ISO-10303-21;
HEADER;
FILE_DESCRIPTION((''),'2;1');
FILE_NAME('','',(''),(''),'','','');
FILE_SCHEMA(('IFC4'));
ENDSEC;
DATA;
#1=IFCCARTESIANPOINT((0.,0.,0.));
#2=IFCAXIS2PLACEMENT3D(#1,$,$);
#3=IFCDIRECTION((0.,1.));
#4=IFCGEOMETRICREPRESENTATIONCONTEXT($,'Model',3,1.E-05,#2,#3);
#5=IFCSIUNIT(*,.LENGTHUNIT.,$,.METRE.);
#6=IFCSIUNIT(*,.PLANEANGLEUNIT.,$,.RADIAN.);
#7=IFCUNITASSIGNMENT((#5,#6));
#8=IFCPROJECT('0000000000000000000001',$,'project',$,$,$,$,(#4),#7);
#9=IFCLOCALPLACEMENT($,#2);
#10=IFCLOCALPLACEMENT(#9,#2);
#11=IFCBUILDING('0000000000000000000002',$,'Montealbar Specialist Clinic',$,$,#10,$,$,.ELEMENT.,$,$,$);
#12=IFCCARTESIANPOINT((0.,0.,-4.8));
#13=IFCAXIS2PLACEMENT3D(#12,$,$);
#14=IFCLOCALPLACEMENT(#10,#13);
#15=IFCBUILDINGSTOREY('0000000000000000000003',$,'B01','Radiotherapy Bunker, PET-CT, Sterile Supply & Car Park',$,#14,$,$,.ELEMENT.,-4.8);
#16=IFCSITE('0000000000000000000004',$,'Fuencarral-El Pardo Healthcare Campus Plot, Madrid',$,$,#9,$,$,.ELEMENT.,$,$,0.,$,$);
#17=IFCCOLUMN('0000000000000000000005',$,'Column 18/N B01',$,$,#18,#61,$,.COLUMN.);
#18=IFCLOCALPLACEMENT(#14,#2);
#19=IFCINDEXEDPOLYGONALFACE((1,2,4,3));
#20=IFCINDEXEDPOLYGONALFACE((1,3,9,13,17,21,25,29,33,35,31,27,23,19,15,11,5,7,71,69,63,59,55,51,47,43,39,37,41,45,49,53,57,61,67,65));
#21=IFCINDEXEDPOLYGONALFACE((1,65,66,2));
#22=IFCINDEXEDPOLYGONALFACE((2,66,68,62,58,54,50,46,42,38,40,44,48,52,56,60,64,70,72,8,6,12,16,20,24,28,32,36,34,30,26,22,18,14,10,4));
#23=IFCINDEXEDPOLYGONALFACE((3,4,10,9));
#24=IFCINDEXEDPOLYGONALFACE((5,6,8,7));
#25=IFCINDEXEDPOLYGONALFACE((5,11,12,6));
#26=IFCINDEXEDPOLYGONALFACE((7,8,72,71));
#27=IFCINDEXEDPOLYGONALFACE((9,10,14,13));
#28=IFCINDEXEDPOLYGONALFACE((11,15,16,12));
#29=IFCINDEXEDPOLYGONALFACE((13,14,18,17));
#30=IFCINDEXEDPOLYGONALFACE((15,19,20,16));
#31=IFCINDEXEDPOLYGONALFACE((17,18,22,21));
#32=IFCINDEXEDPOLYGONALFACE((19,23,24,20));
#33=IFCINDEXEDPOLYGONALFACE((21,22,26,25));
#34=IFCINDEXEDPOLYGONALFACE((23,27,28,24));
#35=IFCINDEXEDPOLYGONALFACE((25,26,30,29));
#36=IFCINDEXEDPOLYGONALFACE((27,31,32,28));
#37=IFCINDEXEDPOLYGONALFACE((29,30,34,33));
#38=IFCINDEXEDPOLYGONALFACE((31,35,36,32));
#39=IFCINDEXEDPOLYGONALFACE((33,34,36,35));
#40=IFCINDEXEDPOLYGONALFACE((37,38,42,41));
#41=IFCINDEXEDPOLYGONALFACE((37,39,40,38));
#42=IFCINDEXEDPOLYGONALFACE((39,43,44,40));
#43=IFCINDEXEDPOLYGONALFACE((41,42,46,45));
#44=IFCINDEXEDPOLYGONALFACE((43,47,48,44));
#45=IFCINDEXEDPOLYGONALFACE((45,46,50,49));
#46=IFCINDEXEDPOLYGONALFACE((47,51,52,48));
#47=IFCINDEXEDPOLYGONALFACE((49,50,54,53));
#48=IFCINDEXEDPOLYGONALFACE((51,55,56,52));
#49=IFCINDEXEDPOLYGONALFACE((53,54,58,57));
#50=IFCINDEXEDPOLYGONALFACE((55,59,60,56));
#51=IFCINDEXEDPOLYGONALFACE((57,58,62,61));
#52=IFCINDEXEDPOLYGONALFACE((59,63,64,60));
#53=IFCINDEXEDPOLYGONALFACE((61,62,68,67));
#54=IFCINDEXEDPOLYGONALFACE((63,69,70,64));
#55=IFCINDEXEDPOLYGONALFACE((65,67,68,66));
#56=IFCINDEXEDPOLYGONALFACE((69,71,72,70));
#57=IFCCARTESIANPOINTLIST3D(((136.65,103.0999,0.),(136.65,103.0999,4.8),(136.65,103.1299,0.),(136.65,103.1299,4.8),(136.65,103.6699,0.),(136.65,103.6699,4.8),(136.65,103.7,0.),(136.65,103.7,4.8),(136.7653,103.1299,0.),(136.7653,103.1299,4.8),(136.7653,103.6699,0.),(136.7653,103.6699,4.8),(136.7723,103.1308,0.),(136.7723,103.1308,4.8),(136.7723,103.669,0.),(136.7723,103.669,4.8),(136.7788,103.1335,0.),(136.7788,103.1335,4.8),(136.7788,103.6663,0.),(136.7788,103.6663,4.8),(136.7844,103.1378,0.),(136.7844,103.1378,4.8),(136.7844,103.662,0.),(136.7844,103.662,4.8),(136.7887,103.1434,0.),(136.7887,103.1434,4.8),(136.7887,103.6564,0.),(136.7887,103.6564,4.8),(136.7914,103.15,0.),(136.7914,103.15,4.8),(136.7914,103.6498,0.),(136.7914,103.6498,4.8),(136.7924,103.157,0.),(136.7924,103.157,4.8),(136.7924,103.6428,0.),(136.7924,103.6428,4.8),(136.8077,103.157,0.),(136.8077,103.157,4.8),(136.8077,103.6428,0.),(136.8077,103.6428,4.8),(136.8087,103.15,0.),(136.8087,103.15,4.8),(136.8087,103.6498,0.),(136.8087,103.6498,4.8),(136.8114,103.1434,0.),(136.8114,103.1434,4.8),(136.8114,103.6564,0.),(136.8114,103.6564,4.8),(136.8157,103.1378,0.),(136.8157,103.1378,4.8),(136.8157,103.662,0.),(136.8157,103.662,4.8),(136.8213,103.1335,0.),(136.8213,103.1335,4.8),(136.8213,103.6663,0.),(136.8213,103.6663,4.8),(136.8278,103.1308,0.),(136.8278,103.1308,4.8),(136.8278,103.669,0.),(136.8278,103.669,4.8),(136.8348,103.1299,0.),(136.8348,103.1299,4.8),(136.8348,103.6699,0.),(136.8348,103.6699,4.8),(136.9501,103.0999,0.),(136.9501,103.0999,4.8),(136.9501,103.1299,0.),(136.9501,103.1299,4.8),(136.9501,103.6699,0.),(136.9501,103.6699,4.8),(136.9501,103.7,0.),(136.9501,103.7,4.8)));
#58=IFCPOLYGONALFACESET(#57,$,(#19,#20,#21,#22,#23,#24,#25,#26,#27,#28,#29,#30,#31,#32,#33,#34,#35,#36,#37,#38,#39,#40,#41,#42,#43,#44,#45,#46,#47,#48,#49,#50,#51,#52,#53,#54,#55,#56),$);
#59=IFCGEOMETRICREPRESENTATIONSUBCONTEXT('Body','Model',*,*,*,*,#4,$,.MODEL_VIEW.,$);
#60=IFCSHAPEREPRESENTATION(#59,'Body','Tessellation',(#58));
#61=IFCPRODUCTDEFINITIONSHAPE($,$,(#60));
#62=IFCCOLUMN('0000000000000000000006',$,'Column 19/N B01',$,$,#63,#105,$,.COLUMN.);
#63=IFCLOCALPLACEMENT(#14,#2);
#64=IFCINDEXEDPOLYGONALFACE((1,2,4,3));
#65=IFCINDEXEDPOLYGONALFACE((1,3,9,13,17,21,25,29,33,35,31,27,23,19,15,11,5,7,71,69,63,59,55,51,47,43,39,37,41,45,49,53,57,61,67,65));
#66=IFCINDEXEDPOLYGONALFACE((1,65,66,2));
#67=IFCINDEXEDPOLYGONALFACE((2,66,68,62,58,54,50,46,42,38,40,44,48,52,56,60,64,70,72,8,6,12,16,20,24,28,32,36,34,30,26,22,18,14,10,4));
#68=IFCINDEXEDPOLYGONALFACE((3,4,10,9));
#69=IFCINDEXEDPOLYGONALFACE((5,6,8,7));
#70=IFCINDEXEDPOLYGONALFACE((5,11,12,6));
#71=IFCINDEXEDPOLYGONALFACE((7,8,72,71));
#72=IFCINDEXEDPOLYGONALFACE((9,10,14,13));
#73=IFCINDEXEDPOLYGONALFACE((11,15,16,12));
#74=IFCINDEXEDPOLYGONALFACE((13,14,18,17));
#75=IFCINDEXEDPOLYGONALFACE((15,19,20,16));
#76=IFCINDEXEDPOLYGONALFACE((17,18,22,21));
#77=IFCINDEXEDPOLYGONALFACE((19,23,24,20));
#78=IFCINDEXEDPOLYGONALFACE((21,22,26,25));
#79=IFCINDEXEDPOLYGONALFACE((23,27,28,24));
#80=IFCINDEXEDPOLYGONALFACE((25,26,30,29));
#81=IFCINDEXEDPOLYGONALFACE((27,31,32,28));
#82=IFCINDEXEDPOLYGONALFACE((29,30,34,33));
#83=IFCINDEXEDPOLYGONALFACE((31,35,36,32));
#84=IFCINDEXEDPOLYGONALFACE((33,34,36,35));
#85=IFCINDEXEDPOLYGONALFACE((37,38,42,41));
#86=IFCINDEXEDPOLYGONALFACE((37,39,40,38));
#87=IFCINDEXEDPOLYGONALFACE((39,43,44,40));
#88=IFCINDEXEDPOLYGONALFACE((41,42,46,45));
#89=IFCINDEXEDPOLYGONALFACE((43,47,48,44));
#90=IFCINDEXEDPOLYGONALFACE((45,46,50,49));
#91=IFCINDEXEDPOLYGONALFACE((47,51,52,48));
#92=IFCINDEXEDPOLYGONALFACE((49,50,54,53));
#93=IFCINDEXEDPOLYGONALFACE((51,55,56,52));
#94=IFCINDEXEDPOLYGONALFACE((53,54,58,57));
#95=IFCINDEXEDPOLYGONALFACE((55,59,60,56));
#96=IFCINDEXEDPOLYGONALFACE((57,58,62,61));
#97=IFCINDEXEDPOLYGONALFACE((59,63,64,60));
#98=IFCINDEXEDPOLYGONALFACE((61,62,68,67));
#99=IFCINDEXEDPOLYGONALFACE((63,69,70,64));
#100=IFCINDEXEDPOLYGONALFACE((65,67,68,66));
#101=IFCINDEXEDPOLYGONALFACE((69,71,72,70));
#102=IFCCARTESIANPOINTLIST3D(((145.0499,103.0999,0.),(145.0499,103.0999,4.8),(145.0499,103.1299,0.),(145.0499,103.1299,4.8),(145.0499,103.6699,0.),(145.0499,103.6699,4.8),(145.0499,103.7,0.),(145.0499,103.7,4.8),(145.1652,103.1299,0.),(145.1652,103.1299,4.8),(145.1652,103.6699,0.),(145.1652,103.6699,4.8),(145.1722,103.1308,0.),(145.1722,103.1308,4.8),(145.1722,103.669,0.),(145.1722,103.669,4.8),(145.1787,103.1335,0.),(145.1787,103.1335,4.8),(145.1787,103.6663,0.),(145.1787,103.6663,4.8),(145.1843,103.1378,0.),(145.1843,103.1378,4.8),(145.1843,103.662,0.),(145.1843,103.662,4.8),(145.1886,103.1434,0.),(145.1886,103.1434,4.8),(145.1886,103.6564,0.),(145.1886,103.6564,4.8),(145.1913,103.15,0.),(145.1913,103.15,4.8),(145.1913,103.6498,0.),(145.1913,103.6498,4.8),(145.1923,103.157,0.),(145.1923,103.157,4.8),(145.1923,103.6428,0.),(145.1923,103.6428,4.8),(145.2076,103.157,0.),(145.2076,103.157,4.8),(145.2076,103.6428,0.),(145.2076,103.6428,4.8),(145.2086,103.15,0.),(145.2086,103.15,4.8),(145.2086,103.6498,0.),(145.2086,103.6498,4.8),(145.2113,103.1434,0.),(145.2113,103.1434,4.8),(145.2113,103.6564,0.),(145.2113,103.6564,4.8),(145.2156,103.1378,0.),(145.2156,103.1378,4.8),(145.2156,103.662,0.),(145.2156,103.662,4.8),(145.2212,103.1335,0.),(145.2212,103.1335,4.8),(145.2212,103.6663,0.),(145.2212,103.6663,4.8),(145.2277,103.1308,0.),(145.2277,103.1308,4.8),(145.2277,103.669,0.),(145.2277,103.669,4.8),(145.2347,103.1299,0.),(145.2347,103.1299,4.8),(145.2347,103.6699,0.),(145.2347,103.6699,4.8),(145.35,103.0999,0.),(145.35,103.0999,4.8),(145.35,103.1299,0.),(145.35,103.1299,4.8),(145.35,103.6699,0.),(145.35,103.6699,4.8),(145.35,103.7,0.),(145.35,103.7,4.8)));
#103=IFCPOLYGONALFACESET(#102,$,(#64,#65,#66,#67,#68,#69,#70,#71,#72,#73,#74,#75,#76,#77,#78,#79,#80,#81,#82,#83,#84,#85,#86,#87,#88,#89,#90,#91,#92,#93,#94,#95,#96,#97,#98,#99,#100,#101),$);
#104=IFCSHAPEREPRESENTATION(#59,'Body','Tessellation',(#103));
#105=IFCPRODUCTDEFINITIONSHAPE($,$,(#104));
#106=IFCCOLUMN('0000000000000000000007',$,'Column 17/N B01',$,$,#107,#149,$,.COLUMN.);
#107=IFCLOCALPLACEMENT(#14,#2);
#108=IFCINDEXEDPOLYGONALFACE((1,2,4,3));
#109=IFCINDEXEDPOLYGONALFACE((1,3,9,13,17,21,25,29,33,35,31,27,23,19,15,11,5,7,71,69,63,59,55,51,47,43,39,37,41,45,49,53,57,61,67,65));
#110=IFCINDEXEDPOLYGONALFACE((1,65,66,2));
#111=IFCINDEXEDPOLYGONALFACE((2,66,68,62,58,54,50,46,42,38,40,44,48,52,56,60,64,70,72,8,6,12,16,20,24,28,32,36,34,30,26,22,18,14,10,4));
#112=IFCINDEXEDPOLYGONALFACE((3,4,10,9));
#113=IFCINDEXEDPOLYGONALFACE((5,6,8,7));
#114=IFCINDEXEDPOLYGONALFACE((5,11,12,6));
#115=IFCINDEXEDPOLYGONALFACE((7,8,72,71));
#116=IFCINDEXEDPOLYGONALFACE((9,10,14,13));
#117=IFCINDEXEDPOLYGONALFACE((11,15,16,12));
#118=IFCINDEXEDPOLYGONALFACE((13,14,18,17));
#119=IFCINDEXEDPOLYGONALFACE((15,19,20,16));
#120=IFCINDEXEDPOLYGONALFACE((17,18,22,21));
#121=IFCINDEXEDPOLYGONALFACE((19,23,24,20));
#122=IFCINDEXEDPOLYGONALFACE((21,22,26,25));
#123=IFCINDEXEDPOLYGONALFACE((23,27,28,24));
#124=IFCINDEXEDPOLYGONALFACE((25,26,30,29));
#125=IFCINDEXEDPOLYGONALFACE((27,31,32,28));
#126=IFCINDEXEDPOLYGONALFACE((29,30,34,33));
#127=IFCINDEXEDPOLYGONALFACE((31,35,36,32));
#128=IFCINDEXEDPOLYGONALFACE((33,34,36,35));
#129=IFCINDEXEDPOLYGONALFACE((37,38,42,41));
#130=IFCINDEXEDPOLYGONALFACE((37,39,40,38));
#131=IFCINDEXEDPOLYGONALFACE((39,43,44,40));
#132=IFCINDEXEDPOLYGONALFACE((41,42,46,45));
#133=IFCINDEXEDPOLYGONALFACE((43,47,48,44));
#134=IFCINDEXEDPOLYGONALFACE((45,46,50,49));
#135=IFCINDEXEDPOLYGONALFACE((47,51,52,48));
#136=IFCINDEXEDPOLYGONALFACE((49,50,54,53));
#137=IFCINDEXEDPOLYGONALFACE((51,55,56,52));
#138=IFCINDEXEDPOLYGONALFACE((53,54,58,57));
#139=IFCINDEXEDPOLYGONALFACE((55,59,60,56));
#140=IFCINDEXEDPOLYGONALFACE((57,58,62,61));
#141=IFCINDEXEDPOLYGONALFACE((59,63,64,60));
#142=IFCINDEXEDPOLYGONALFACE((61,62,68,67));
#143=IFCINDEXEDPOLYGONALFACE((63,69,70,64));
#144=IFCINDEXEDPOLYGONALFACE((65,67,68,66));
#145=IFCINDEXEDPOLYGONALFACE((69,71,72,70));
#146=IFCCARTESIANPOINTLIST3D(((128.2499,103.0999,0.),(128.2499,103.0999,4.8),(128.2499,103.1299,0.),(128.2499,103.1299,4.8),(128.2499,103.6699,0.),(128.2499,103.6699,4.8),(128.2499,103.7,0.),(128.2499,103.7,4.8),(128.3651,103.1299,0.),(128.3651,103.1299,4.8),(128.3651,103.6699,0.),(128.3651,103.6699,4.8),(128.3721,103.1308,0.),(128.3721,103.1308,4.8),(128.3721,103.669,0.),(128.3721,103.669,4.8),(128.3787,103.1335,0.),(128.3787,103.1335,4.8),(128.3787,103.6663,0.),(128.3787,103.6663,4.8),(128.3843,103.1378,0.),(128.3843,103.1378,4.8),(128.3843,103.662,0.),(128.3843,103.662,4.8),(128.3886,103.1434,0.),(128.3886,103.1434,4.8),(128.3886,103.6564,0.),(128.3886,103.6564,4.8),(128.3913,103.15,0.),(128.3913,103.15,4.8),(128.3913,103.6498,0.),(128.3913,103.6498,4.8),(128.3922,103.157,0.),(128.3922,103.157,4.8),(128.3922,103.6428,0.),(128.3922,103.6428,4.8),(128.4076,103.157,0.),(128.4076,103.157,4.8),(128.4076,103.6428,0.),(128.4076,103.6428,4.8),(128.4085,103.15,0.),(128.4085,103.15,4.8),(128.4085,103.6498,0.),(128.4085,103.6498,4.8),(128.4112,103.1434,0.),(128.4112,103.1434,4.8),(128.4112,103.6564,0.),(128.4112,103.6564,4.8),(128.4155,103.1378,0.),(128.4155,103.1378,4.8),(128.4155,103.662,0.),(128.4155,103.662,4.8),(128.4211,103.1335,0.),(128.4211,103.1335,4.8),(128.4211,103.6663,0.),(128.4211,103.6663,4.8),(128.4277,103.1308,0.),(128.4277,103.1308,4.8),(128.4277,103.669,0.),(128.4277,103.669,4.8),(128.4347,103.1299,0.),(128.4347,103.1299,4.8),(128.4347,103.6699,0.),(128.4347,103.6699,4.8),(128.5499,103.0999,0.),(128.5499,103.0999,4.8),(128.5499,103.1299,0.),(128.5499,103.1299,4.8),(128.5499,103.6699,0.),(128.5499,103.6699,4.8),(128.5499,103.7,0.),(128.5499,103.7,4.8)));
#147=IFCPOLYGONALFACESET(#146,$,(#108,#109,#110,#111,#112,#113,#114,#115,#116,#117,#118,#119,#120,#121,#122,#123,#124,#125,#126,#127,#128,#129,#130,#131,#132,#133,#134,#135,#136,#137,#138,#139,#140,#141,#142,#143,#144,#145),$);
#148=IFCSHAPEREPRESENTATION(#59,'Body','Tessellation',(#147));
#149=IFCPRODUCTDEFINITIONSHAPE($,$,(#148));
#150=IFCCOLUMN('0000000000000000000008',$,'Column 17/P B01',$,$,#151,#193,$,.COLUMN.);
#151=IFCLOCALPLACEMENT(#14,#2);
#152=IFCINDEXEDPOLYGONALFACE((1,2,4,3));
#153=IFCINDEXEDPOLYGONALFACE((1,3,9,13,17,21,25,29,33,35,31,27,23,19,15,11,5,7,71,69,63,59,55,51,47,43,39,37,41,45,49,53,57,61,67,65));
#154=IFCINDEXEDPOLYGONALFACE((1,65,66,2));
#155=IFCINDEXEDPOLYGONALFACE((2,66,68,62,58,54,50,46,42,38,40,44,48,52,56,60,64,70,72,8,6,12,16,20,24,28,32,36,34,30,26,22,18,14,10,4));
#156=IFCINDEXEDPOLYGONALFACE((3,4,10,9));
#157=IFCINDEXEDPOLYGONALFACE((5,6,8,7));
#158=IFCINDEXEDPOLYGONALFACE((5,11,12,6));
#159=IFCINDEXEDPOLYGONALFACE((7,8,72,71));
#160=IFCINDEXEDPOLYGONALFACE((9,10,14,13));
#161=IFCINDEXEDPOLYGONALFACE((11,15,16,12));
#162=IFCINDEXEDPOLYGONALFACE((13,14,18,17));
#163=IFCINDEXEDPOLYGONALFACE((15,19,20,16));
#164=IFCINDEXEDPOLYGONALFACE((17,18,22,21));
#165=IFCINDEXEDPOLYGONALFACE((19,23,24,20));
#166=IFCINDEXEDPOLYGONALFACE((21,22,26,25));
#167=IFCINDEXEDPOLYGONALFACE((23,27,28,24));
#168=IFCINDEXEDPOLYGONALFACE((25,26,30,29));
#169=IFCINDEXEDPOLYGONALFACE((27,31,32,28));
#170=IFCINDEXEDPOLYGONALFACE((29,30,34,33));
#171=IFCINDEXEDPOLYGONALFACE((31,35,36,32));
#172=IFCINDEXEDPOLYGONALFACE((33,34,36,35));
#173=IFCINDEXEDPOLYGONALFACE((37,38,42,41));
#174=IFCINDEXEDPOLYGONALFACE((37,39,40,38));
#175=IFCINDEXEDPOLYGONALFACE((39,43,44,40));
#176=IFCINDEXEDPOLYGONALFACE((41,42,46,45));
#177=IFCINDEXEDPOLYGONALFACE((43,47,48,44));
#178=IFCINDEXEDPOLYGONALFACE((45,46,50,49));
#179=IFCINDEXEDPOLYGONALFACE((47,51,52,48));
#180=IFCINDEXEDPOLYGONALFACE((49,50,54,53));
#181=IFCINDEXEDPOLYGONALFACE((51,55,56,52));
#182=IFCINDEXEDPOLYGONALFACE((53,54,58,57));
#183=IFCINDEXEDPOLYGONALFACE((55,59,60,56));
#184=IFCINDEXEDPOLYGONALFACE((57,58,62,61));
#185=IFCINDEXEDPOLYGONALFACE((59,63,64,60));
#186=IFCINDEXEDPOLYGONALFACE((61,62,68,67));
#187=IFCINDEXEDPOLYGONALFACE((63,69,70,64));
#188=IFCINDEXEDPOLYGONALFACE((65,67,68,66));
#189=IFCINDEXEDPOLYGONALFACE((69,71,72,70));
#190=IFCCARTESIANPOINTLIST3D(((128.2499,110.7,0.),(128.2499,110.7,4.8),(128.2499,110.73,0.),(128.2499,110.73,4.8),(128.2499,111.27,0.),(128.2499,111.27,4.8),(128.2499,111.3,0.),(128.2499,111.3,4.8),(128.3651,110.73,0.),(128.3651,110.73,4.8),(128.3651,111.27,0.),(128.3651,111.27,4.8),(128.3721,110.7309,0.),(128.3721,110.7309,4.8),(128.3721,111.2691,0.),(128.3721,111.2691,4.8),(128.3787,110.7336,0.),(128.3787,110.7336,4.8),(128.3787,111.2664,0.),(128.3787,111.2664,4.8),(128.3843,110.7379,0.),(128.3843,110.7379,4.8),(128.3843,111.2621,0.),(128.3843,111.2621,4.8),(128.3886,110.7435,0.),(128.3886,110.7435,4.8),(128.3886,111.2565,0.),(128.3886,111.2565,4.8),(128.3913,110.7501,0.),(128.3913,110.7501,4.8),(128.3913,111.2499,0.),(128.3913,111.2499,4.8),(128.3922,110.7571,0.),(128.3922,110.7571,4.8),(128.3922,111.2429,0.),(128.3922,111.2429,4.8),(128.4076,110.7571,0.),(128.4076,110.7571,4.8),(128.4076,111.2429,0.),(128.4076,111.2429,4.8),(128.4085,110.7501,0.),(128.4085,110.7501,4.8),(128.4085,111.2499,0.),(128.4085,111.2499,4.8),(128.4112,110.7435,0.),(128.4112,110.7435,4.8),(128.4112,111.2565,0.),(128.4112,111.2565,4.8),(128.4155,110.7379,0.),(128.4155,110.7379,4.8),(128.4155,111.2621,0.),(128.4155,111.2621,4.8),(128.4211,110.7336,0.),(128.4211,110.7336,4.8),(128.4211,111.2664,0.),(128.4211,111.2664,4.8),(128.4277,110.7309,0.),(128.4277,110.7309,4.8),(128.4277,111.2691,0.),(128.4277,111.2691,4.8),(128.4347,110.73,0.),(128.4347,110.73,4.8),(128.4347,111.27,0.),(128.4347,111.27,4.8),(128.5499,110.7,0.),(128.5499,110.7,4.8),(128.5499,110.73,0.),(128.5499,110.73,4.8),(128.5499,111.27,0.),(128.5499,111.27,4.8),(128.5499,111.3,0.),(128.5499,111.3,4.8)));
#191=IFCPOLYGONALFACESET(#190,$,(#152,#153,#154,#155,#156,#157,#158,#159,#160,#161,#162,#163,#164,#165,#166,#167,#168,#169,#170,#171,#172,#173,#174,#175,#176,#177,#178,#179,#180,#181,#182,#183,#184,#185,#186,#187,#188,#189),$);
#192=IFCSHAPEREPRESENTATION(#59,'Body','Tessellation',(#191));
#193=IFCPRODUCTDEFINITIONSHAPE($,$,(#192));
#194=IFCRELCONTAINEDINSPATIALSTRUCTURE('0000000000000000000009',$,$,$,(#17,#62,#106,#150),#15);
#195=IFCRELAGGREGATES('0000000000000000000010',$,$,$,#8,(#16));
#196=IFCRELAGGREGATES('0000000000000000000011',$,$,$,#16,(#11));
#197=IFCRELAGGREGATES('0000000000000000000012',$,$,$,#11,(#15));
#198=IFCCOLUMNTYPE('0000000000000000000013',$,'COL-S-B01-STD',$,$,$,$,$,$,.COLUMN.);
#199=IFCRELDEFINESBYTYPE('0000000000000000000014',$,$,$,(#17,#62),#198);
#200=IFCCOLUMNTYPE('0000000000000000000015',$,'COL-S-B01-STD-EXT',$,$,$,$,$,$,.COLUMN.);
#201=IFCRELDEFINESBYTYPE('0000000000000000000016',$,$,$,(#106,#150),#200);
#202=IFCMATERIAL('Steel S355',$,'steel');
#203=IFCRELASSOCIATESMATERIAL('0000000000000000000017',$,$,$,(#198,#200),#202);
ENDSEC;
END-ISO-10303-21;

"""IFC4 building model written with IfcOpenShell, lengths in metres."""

from ifc_helpers import new_model, si_unit, direction, frame, origin, origin_2d, place, context, subcontext, project, spatial, i_section, extrude, material, material_profile, profile_set, type_object, element, save


model = new_model("IFC4")

# Units and contexts
model_context = context("Model", 3, precision=1e-05, world=origin(), true_north=direction((0.0, 1.0)))
body_context = subcontext(model_context, "Body", "Model", "MODEL_VIEW")
ifc_project = project(units=[si_unit("LENGTHUNIT", "METRE"), si_unit("PLANEANGLEUNIT", "RADIAN")], contexts=[model_context])

# Site, building, storey
site_placement = place(None, origin())
site = spatial("IfcSite", under=ifc_project, at=site_placement, Name="Fuencarral-El Pardo Healthcare Campus Plot, Madrid", CompositionType="ELEMENT", RefElevation=0.0)
building_placement = place(site_placement, origin())
building = spatial("IfcBuilding", under=site, at=building_placement, Name="Montealbar Specialist Clinic", CompositionType="ELEMENT")
storey_placement = place(building_placement, frame((0.0, 0.0, -4.8)))
storey = spatial("IfcBuildingStorey", under=building, at=storey_placement, Name="B01", Description="Radiotherapy Bunker, PET-CT, Sterile Supply & Car Park", CompositionType="ELEMENT", Elevation=-4.8)

# Columns
ifc_material_1 = material(Name="Steel S355", Category="steel")
ifc_material_profile_1 = material_profile(ifc_material_1, i_section(OverallWidth=0.3, OverallDepth=0.6001, WebThickness=0.0154, FlangeThickness=0.03, FilletRadius=0.0271, at=origin_2d()), Name="HEB 600", Category="steel")
ifc_profile_set_1 = profile_set([ifc_material_profile_1], Name="Steel S355")
column_type_1 = type_object("IfcColumnType", Name="COL-S-B01-STD", PredefinedType="COLUMN", material=ifc_profile_set_1)
for number, where, z_axis, x_axis, name in (
    (1, (136.8, 103.3999, 0.0), (0.0, 0.0, 1.0), (1.0, 0.0, 0.0), "Column 18/N B01"),
    (2, (145.2, 103.3999, 0.0), (0.0, 0.0, 1.0), (1.0, 0.0, 0.0), "Column 19/N B01"),
):
    element("IfcColumn", number, at=place(storey_placement, frame(where, z_axis=z_axis, x_axis=x_axis)), inside=storey, type_object=column_type_1, Name=name, PredefinedType="COLUMN", context=body_context, shape_type="SweptSolid", body=[
        extrude(i_section(OverallWidth=0.3, OverallDepth=0.6001, WebThickness=0.0154, FlangeThickness=0.03, FilletRadius=0.0271, at=origin_2d()), origin(), (0.0, 0.0, 1.0), 4.8),
    ])
ifc_material_profile_2 = material_profile(ifc_material_1, i_section(OverallWidth=0.3, OverallDepth=0.6001, WebThickness=0.0154, FlangeThickness=0.03, FilletRadius=0.0271, at=origin_2d()), Name="HEB 600", Category="steel")
ifc_profile_set_2 = profile_set([ifc_material_profile_2], Name="Steel S355")
column_type_2 = type_object("IfcColumnType", Name="COL-S-B01-STD-EXT", PredefinedType="COLUMN", material=ifc_profile_set_2)
for number, where, z_axis, x_axis, name in (
    (3, (128.3999, 103.3999, 0.0), (0.0, 0.0, 1.0), (1.0, 0.0, 0.0), "Column 17/N B01"),
    (4, (128.3999, 111.0, 0.0), (0.0, 0.0, 1.0), (1.0, 0.0, 0.0), "Column 17/P B01"),
):
    element("IfcColumn", number, at=place(storey_placement, frame(where, z_axis=z_axis, x_axis=x_axis)), inside=storey, type_object=column_type_2, Name=name, PredefinedType="COLUMN", context=body_context, shape_type="SweptSolid", body=[
        extrude(i_section(OverallWidth=0.3, OverallDepth=0.6001, WebThickness=0.0154, FlangeThickness=0.03, FilletRadius=0.0271, at=origin_2d()), origin(), (0.0, 0.0, 1.0), 4.8),
    ])

save(model, "model.ifc")
